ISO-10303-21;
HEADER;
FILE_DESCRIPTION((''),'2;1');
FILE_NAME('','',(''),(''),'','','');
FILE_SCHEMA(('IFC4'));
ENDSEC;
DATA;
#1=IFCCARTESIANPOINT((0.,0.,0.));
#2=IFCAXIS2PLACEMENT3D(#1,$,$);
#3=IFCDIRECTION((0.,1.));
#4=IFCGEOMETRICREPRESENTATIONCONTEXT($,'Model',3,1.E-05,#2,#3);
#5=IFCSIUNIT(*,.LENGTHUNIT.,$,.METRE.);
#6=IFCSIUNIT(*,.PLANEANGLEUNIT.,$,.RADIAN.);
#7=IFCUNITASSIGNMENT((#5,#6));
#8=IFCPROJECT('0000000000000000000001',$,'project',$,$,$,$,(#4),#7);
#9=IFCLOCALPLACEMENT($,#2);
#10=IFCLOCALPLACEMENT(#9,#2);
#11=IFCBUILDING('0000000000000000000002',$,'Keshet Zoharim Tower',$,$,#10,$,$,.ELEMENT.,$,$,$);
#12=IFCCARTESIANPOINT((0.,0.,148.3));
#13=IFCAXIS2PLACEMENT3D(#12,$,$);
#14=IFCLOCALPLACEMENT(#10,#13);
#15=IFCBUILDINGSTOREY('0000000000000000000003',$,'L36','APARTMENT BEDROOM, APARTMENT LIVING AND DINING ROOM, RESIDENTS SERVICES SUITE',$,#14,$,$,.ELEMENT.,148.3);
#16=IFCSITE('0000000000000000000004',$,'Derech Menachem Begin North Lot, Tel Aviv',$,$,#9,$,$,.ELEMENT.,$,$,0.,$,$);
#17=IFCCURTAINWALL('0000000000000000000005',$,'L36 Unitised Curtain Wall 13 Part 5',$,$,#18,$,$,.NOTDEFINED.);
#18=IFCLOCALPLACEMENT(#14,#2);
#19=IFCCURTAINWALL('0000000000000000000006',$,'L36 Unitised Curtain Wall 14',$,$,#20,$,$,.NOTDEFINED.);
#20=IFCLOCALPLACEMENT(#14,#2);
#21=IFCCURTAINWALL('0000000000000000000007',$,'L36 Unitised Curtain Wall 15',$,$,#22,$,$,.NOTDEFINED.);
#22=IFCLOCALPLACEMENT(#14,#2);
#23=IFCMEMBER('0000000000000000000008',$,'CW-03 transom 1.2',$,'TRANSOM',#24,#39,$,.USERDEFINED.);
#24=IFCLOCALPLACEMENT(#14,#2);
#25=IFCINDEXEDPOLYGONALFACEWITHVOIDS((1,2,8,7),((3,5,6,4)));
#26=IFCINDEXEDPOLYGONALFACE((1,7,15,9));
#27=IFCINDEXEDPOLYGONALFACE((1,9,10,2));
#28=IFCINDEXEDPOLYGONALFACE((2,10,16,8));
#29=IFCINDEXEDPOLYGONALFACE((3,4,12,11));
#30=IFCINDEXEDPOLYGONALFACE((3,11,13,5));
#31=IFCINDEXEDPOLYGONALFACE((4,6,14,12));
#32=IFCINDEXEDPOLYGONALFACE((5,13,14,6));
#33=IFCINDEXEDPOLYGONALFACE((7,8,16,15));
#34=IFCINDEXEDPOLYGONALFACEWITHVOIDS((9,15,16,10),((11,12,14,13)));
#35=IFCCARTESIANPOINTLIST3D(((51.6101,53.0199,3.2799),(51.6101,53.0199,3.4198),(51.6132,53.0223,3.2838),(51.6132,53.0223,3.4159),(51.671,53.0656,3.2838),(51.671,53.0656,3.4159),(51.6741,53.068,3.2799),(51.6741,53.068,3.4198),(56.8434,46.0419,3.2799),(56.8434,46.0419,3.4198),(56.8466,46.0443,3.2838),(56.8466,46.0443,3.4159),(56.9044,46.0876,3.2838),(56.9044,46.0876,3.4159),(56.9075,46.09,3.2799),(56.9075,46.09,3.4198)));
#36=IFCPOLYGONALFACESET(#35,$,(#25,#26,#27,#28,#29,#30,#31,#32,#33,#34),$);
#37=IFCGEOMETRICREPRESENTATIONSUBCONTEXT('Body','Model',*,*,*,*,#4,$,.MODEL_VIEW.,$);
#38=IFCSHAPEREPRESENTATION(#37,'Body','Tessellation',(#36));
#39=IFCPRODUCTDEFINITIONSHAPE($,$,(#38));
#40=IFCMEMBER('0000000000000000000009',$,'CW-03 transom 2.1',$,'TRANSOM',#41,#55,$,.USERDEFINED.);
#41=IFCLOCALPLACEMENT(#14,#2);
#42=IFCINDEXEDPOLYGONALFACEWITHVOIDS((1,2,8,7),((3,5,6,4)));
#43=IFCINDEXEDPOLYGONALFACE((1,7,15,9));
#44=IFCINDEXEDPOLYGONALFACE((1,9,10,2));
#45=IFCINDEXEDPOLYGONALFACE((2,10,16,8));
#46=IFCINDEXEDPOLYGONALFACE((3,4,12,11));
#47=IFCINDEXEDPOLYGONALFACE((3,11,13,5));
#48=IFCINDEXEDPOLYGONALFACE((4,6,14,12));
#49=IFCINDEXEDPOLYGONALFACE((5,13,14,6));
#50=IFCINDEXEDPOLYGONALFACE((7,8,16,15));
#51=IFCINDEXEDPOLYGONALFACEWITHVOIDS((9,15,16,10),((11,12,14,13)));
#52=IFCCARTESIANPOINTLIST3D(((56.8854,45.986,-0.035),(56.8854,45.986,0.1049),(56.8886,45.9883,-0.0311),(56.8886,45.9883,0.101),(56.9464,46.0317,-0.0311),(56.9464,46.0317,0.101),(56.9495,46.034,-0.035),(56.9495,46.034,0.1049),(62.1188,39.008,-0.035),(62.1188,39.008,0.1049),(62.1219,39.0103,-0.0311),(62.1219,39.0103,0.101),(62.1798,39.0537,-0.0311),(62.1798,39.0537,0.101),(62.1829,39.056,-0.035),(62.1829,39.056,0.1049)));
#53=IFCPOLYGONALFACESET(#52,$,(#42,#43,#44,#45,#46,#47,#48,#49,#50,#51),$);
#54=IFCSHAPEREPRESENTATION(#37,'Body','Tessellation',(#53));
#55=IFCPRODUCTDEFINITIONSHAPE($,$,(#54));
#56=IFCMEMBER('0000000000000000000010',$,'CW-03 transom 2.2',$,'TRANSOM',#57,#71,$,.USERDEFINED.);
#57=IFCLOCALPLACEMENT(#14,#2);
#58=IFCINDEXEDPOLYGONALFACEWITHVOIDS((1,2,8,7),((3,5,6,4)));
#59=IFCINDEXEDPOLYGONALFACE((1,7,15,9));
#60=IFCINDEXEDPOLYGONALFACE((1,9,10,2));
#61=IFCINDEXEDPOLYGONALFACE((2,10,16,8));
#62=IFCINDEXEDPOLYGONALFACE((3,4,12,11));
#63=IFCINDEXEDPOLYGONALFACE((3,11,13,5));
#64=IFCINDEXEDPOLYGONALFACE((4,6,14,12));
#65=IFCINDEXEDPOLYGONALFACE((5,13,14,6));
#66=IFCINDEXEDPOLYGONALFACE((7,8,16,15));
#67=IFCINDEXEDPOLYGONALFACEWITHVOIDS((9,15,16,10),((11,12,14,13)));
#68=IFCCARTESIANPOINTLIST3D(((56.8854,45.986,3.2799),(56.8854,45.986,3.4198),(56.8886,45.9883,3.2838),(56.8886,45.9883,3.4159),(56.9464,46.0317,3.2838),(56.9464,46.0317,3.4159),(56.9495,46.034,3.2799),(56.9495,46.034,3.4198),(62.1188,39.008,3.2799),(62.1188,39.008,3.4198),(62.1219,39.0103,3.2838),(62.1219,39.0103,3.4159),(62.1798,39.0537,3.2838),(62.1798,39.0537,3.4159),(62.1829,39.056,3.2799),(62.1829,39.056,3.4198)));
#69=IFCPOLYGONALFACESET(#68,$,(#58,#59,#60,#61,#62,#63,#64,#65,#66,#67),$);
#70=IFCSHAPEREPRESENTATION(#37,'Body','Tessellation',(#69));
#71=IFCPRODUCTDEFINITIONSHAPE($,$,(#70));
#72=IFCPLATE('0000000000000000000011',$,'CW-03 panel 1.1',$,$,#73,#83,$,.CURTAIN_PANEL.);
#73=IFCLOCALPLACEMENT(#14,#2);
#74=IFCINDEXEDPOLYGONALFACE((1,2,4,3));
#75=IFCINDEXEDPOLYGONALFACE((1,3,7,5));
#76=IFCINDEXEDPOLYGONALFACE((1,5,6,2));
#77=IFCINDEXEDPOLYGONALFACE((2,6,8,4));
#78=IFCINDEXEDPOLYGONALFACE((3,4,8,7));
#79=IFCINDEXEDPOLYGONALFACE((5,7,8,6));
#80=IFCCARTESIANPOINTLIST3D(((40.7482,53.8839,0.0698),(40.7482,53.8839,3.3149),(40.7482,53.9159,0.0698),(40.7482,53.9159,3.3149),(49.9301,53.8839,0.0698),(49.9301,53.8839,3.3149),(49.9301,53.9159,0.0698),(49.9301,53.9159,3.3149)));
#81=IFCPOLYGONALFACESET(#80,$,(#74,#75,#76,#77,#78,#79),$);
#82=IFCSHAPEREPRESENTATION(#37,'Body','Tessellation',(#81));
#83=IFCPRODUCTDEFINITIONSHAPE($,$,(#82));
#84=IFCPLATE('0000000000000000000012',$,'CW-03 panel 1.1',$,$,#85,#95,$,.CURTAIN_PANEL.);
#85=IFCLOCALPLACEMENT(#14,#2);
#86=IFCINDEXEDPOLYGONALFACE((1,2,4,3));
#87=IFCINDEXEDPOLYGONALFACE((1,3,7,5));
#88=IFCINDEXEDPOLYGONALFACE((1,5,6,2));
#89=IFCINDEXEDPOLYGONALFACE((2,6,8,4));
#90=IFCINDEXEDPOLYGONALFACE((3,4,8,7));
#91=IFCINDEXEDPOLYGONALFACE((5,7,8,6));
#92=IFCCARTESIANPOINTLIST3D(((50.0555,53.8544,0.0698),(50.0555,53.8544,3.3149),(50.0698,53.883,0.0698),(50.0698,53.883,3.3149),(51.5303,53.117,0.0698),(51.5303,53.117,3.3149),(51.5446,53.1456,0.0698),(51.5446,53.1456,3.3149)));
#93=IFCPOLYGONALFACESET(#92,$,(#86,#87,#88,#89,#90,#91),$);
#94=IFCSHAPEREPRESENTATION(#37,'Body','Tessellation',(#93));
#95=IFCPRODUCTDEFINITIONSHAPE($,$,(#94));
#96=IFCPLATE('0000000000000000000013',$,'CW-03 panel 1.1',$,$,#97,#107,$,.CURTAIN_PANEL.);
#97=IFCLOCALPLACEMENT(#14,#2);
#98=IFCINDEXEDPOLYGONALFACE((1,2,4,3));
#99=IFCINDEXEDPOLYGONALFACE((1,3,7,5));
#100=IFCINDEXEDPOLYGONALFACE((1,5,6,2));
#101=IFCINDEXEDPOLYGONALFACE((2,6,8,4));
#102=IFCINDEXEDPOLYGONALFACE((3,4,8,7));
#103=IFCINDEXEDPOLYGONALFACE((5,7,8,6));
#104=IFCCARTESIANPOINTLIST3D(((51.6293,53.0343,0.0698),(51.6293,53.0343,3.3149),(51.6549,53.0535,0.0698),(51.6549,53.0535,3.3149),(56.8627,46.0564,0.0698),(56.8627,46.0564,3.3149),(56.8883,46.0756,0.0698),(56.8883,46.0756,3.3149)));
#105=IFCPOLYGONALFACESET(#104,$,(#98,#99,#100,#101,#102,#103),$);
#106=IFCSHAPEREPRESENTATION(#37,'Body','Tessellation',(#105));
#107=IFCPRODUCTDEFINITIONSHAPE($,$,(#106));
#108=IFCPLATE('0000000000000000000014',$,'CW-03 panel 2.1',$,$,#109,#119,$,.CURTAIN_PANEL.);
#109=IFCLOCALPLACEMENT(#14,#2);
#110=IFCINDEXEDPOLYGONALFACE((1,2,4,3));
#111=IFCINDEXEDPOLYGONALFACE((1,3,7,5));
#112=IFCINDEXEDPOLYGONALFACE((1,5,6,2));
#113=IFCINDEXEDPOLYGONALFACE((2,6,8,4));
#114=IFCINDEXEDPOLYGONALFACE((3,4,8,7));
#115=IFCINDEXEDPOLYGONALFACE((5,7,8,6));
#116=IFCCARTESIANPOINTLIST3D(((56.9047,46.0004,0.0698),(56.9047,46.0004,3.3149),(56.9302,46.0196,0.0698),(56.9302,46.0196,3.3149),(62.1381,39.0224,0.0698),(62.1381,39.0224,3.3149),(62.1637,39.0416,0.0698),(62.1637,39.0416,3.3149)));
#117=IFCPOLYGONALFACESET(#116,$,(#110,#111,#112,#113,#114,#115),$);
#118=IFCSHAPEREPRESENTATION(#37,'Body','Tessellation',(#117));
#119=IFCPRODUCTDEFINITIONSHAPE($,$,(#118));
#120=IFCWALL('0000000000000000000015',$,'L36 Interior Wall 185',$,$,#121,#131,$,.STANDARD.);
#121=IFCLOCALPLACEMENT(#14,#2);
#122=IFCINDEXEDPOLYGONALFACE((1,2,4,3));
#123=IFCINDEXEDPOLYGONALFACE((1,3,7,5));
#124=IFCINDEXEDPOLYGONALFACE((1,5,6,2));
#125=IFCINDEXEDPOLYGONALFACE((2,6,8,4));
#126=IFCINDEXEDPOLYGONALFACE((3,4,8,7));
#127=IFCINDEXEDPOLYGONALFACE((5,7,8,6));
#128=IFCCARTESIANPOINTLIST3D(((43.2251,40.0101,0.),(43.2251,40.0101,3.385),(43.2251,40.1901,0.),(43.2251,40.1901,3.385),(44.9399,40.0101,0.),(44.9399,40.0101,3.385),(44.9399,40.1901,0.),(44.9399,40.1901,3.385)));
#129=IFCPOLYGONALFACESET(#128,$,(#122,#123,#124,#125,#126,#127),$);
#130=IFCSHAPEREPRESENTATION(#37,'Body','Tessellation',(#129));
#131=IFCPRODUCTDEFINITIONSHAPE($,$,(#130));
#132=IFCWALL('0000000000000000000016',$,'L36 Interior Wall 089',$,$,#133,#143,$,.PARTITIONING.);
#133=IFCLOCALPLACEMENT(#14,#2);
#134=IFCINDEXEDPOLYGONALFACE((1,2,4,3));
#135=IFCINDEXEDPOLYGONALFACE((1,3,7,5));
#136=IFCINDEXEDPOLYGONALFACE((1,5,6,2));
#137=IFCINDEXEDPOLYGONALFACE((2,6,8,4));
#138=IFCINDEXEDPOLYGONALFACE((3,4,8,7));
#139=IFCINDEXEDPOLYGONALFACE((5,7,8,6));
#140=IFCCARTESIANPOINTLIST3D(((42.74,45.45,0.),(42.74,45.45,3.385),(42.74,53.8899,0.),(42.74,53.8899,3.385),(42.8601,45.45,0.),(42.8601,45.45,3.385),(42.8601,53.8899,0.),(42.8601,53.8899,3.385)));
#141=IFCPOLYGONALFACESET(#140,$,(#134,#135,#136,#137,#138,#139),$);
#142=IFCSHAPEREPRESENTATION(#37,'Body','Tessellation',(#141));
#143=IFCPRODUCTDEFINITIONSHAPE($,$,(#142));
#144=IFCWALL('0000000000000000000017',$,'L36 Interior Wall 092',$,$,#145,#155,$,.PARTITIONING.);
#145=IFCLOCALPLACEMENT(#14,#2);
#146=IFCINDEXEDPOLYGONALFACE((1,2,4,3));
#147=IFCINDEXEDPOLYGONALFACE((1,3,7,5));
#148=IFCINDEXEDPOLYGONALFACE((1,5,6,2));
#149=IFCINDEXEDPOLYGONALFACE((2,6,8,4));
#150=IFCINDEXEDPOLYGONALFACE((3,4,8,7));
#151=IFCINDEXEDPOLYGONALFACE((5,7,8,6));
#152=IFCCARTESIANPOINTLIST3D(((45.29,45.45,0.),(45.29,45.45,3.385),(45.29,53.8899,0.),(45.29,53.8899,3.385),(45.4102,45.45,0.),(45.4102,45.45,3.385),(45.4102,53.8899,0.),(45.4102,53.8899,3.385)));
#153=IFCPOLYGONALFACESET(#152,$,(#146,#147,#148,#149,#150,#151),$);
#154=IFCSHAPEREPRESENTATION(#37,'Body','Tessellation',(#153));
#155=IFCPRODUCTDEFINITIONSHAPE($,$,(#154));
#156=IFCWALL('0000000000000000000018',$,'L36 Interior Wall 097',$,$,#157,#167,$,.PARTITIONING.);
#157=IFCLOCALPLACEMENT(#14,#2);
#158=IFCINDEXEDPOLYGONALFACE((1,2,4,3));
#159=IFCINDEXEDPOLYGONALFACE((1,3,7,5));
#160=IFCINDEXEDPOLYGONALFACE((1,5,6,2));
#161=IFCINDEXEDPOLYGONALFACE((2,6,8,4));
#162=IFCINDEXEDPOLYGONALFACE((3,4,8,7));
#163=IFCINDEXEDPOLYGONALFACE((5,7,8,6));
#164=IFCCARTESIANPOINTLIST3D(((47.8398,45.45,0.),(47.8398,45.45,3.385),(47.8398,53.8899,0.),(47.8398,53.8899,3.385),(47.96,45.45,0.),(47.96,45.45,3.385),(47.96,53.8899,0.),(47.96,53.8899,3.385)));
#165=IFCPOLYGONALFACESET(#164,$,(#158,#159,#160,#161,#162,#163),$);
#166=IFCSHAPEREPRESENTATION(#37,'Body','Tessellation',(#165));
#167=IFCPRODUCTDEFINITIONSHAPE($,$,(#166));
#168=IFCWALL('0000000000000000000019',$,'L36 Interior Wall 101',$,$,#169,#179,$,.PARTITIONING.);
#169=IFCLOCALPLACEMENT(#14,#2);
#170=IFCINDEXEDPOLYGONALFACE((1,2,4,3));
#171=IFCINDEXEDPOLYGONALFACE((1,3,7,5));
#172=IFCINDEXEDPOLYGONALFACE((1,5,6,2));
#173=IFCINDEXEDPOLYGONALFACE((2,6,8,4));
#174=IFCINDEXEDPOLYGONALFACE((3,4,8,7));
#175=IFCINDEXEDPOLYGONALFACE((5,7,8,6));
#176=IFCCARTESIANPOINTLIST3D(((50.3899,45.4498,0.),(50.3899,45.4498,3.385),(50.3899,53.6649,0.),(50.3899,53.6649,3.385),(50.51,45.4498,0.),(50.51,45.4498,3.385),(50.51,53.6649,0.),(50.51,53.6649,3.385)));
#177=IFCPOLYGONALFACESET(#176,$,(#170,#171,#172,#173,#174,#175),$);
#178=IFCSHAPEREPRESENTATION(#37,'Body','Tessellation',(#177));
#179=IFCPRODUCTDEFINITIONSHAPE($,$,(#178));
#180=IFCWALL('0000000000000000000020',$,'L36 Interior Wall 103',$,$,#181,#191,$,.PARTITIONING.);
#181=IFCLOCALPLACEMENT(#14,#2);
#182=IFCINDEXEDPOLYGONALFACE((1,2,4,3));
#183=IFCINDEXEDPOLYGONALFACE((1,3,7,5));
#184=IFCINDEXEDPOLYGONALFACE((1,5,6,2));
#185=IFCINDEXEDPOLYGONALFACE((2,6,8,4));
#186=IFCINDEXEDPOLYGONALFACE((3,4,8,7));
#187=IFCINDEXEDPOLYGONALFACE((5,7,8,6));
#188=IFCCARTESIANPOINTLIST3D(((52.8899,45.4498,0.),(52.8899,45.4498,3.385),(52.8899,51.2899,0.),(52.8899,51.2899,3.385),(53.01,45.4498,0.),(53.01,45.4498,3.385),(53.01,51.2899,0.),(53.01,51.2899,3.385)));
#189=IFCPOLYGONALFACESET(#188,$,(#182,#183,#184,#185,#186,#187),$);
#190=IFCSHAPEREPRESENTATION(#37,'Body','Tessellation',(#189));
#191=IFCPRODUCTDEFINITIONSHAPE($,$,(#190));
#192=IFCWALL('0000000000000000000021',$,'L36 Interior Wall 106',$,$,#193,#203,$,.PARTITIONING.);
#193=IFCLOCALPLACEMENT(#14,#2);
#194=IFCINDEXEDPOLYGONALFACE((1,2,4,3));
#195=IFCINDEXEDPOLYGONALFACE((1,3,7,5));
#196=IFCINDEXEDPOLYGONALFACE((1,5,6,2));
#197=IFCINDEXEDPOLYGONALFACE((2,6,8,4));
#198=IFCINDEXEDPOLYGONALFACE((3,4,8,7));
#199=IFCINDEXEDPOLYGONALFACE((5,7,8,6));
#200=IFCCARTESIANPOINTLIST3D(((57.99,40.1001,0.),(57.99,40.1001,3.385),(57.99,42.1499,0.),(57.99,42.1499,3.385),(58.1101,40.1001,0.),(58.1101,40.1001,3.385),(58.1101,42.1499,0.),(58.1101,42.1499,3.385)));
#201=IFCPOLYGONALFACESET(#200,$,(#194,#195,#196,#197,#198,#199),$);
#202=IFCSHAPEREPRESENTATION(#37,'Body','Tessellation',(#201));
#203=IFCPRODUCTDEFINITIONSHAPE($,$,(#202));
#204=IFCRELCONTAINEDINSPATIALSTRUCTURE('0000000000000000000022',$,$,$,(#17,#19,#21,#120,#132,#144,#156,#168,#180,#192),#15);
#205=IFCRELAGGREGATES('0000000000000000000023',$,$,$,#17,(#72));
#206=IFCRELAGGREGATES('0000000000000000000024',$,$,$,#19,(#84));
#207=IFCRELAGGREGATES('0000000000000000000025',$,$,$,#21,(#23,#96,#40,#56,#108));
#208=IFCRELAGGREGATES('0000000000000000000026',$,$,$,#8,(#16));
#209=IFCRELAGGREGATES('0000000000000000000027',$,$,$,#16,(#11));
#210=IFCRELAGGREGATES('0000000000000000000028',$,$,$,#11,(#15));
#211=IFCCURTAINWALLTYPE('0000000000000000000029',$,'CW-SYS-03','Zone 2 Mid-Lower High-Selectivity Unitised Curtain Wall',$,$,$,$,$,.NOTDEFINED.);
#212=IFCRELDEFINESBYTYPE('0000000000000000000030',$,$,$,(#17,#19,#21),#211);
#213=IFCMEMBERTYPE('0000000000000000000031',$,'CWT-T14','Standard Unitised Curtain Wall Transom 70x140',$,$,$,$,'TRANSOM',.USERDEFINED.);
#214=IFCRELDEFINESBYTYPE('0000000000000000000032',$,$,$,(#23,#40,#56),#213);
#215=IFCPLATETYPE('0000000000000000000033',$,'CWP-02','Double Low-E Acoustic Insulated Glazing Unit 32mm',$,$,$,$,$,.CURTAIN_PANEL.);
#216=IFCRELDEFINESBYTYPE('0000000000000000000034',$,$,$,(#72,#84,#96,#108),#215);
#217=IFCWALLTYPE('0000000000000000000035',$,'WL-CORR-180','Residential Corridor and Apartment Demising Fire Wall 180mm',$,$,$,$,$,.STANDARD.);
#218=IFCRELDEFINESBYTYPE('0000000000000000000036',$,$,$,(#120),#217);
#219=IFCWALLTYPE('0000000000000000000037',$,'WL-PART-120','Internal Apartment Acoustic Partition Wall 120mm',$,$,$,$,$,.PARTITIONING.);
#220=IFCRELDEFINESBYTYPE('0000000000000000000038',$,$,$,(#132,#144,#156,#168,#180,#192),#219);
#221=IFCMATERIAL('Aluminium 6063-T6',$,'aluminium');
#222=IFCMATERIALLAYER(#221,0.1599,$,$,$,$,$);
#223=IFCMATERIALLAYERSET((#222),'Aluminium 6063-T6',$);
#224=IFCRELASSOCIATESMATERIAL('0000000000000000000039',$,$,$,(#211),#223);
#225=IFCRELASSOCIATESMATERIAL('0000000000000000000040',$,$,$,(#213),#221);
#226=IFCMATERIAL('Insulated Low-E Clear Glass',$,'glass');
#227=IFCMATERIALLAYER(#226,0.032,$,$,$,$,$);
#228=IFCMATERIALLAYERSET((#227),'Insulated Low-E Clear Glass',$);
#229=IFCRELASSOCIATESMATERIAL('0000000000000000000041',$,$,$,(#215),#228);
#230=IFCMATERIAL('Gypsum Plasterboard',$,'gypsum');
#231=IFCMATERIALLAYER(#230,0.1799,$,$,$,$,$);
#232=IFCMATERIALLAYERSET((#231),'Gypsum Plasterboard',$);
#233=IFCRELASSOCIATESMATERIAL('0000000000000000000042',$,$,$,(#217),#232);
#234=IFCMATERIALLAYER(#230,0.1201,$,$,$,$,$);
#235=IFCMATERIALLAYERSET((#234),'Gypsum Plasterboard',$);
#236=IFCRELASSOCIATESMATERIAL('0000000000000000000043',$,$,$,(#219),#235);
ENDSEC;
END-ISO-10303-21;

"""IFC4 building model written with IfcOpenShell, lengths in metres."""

from ifc_helpers import new_model, si_unit, direction, frame, frame_2d, origin, origin_2d, place, context, subcontext, project, spatial, rectangle, hollow_rectangle, extrude, material, layer, layer_set, material_profile, profile_set, type_object, element, aggregate, save


model = new_model("IFC4")

# Units and contexts
model_context = context("Model", 3, precision=1e-05, world=origin(), true_north=direction((0.0, 1.0)))
body_context = subcontext(model_context, "Body", "Model", "MODEL_VIEW")
ifc_project = project(units=[si_unit("LENGTHUNIT", "METRE"), si_unit("PLANEANGLEUNIT", "RADIAN")], contexts=[model_context])

# Site, building, storey
site_placement = place(None, origin())
site = spatial("IfcSite", under=ifc_project, at=site_placement, Name="Derech Menachem Begin North Lot, Tel Aviv", CompositionType="ELEMENT", RefElevation=0.0)
building_placement = place(site_placement, origin())
building = spatial("IfcBuilding", under=site, at=building_placement, Name="Keshet Zoharim Tower", CompositionType="ELEMENT")
storey_placement = place(building_placement, frame((0.0, 0.0, 148.3)))
storey = spatial("IfcBuildingStorey", under=building, at=storey_placement, Name="L36", Description="APARTMENT BEDROOM, APARTMENT LIVING AND DINING ROOM, RESIDENTS SERVICES SUITE", CompositionType="ELEMENT", Elevation=148.3)

# Curtain wall
ifc_material_1 = material(Name="Aluminium 6063-T6", Category="aluminium")
ifc_layer_1 = layer(ifc_material_1, 0.1599)
ifc_layer_set_1 = layer_set([ifc_layer_1], Name="Aluminium 6063-T6")
curtain_wall_type = type_object("IfcCurtainWallType", Name="CW-SYS-03", Description="Zone 2 Mid-Lower High-Selectivity Unitised Curtain Wall", PredefinedType="NOTDEFINED", material=ifc_layer_set_1)
curtain_wall_1_placement = place(storey_placement, origin())
curtain_wall_1 = element("IfcCurtainWall", 1, at=curtain_wall_1_placement, inside=storey, type_object=curtain_wall_type, Name="L36 Unitised Curtain Wall 13 Part 5", PredefinedType="NOTDEFINED")

# Curtain walls
curtain_wall_2_placement = place(storey_placement, origin())
curtain_wall_2 = element("IfcCurtainWall", 2, at=curtain_wall_2_placement, inside=storey, type_object=curtain_wall_type, Name="L36 Unitised Curtain Wall 14", PredefinedType="NOTDEFINED")
curtain_wall_3_placement = place(storey_placement, origin())
curtain_wall_3 = element("IfcCurtainWall", 3, at=curtain_wall_3_placement, inside=storey, type_object=curtain_wall_type, Name="L36 Unitised Curtain Wall 15", PredefinedType="NOTDEFINED")

# Members
ifc_material_profile_1 = material_profile(ifc_material_1, hollow_rectangle(XDim=0.0801, YDim=0.1399, WallThickness=0.0039, at=origin_2d()), Name="TRN-80x140")
ifc_profile_set_1 = profile_set([ifc_material_profile_1], Name="Aluminium 6063-T6")
member_type_1 = type_object("IfcMemberType", Name="CWT-T14", Description="Standard Unitised Curtain Wall Transom 70x140", ElementType="TRANSOM", PredefinedType="USERDEFINED", material=ifc_profile_set_1)
member_1_placement = place(storey_placement, frame((51.6421, 53.0439, 3.3499), z_axis=(0.599991, -0.800007, 0.0), x_axis=(0.800007, 0.599991, 0.0)))
member_1 = element("IfcMember", 4, at=member_1_placement, type_object=member_type_1, Name="CW-03 transom 1.2", ObjectType="TRANSOM", PredefinedType="USERDEFINED", context=body_context, shape_type="SweptSolid", body=[
    extrude(hollow_rectangle(XDim=0.0801, YDim=0.1399, WallThickness=0.0039, at=origin_2d()), origin(), (0.0, 0.0, 1.0), 8.7224),
])
member_2_placement = place(storey_placement, frame((56.9175, 46.01, 0.0349), z_axis=(0.599991, -0.800007, 0.0), x_axis=(0.800007, 0.599991, 0.0)))
member_2 = element("IfcMember", 5, at=member_2_placement, type_object=member_type_1, Name="CW-03 transom 2.1", ObjectType="TRANSOM", PredefinedType="USERDEFINED", context=body_context, shape_type="SweptSolid", body=[
    extrude(hollow_rectangle(XDim=0.0801, YDim=0.1399, WallThickness=0.0039, at=origin_2d()), origin(), (0.0, 0.0, 1.0), 8.7224),
])
member_3_placement = place(storey_placement, frame((56.9175, 46.01, 3.3499), z_axis=(0.599991, -0.800007, 0.0), x_axis=(0.800007, 0.599991, 0.0)))
member_3 = element("IfcMember", 6, at=member_3_placement, type_object=member_type_1, Name="CW-03 transom 2.2", ObjectType="TRANSOM", PredefinedType="USERDEFINED", context=body_context, shape_type="SweptSolid", body=[
    extrude(hollow_rectangle(XDim=0.0801, YDim=0.1399, WallThickness=0.0039, at=origin_2d()), origin(), (0.0, 0.0, 1.0), 8.7224),
])

# Plates
ifc_material_2 = material(Name="Insulated Low-E Clear Glass", Category="glass")
ifc_layer_2 = layer(ifc_material_2, 0.032)
ifc_layer_set_2 = layer_set([ifc_layer_2], Name="Insulated Low-E Clear Glass")
plate_type = type_object("IfcPlateType", Name="CWP-02", Description="Double Low-E Acoustic Insulated Glazing Unit 32mm", PredefinedType="CURTAIN_PANEL", material=ifc_layer_set_2)
plate_1_placement = place(storey_placement, frame((45.3391, 53.8999, 0.0698), z_axis=(0.0, 0.0, 1.0), x_axis=(1.0, 0.0, 0.0)))
plate_1 = element("IfcPlate", 7, at=plate_1_placement, type_object=plate_type, Name="CW-03 panel 1.1", PredefinedType="CURTAIN_PANEL", context=body_context, shape_type="SweptSolid", body=[
    extrude(rectangle(XDim=9.1819, YDim=0.032, at=origin_2d()), origin(), (0.0, 0.0, 1.0), 3.2451),
])
aggregate(curtain_wall_1, [plate_1])
plate_2_placement = place(storey_placement, frame((50.8, 53.5, 0.0698), z_axis=(0.0, 0.0, 1.0), x_axis=(0.894427, -0.447214, 0.0)))
plate_2 = element("IfcPlate", 8, at=plate_2_placement, type_object=plate_type, Name="CW-03 panel 1.1", PredefinedType="CURTAIN_PANEL", context=body_context, shape_type="SweptSolid", body=[
    extrude(rectangle(XDim=1.6489, YDim=0.032, at=origin_2d()), origin(), (0.0, 0.0, 1.0), 3.2451),
])
aggregate(curtain_wall_2, [plate_2])
plate_3_placement = place(storey_placement, frame((54.2588, 49.5549, 0.0698), z_axis=(0.0, 0.0, 1.0), x_axis=(0.6, -0.8, 0.0)))
plate_3 = element("IfcPlate", 9, at=plate_3_placement, type_object=plate_type, Name="CW-03 panel 1.1", PredefinedType="CURTAIN_PANEL", context=body_context, shape_type="SweptSolid", body=[
    extrude(rectangle(XDim=8.7224, YDim=0.032, at=origin_2d()), origin(), (0.0, 0.0, 1.0), 3.2451),
])
plate_4_placement = place(storey_placement, frame((59.5342, 42.521, 0.0698), z_axis=(0.0, 0.0, 1.0), x_axis=(0.6, -0.8, 0.0)))
plate_4 = element("IfcPlate", 10, at=plate_4_placement, type_object=plate_type, Name="CW-03 panel 2.1", PredefinedType="CURTAIN_PANEL", context=body_context, shape_type="SweptSolid", body=[
    extrude(rectangle(XDim=8.7224, YDim=0.032, at=origin_2d()), origin(), (0.0, 0.0, 1.0), 3.2451),
])
aggregate(curtain_wall_3, [member_1, plate_3, member_2, member_3, plate_4])

# Walls
ifc_material_3 = material(Name="Gypsum Plasterboard", Category="gypsum")
ifc_layer_3 = layer(ifc_material_3, 0.1799)
ifc_layer_set_3 = layer_set([ifc_layer_3], Name="Gypsum Plasterboard")
wall_type_1 = type_object("IfcWallType", Name="WL-CORR-180", Description="Residential Corridor and Apartment Demising Fire Wall 180mm", PredefinedType="STANDARD", material=ifc_layer_set_3)
wall_1_placement = place(storey_placement, frame((43.2251, 40.1001, 0.0), z_axis=(0.0, 0.0, 1.0), x_axis=(1.0, 0.0, 0.0)))
element("IfcWall", 11, at=wall_1_placement, inside=storey, type_object=wall_type_1, Name="L36 Interior Wall 185", PredefinedType="STANDARD", context=body_context, shape_type="SweptSolid", body=[
    extrude(rectangle(XDim=1.7148, YDim=0.1799, at=frame_2d((0.8574, 0.0))), origin(), (0.0, 0.0, 1.0), 3.385),
])
ifc_layer_4 = layer(ifc_material_3, 0.1201)
ifc_layer_set_4 = layer_set([ifc_layer_4], Name="Gypsum Plasterboard")
wall_type_2 = type_object("IfcWallType", Name="WL-PART-120", Description="Internal Apartment Acoustic Partition Wall 120mm", PredefinedType="PARTITIONING", material=ifc_layer_set_4)
for number, where, z_axis, x_axis, name in (
    (12, (42.8, 45.45, 0.0), (0.0, 0.0, 1.0), (0.0, 1.0, 0.0), "L36 Interior Wall 089"),
    (13, (45.3501, 45.45, 0.0), (0.0, 0.0, 1.0), (0.0, 1.0, 0.0), "L36 Interior Wall 092"),
    (14, (47.8999, 45.45, 0.0), (0.0, 0.0, 1.0), (0.0, 1.0, 0.0), "L36 Interior Wall 097"),
):
    element("IfcWall", number, at=place(storey_placement, frame(where, z_axis=z_axis, x_axis=x_axis)), inside=storey, type_object=wall_type_2, Name=name, PredefinedType="PARTITIONING", context=body_context, shape_type="SweptSolid", body=[
        extrude(rectangle(XDim=8.4399, YDim=0.1201, at=frame_2d((4.22, 0.0))), origin(), (0.0, 0.0, 1.0), 3.385),
    ])
wall_2_placement = place(storey_placement, frame((50.45, 45.45, 0.0), z_axis=(0.0, 0.0, 1.0), x_axis=(0.0, 1.0, 0.0)))
element("IfcWall", 15, at=wall_2_placement, inside=storey, type_object=wall_type_2, Name="L36 Interior Wall 101", PredefinedType="PARTITIONING", context=body_context, shape_type="SweptSolid", body=[
    extrude(rectangle(XDim=8.2151, YDim=0.1201, at=frame_2d((4.1074, 0.0))), origin(), (0.0, 0.0, 1.0), 3.385),
])
wall_3_placement = place(storey_placement, frame((52.95, 45.45, 0.0), z_axis=(0.0, 0.0, 1.0), x_axis=(0.0, 1.0, 0.0)))
element("IfcWall", 16, at=wall_3_placement, inside=storey, type_object=wall_type_2, Name="L36 Interior Wall 103", PredefinedType="PARTITIONING", context=body_context, shape_type="SweptSolid", body=[
    extrude(rectangle(XDim=5.8401, YDim=0.1201, at=frame_2d((2.9199, 0.0))), origin(), (0.0, 0.0, 1.0), 3.385),
])

# Wall
wall_4_placement = place(storey_placement, frame((58.05, 40.1001, 0.0), z_axis=(0.0, 0.0, 1.0), x_axis=(0.0, 1.0, 0.0)))
element("IfcWall", 17, at=wall_4_placement, inside=storey, type_object=wall_type_2, Name="L36 Interior Wall 106", PredefinedType="PARTITIONING", context=body_context, shape_type="SweptSolid", body=[
    extrude(rectangle(XDim=2.0498, YDim=0.1201, at=frame_2d((1.0249, 0.0))), origin(), (0.0, 0.0, 1.0), 3.385),
])

save(model, "model.ifc")
